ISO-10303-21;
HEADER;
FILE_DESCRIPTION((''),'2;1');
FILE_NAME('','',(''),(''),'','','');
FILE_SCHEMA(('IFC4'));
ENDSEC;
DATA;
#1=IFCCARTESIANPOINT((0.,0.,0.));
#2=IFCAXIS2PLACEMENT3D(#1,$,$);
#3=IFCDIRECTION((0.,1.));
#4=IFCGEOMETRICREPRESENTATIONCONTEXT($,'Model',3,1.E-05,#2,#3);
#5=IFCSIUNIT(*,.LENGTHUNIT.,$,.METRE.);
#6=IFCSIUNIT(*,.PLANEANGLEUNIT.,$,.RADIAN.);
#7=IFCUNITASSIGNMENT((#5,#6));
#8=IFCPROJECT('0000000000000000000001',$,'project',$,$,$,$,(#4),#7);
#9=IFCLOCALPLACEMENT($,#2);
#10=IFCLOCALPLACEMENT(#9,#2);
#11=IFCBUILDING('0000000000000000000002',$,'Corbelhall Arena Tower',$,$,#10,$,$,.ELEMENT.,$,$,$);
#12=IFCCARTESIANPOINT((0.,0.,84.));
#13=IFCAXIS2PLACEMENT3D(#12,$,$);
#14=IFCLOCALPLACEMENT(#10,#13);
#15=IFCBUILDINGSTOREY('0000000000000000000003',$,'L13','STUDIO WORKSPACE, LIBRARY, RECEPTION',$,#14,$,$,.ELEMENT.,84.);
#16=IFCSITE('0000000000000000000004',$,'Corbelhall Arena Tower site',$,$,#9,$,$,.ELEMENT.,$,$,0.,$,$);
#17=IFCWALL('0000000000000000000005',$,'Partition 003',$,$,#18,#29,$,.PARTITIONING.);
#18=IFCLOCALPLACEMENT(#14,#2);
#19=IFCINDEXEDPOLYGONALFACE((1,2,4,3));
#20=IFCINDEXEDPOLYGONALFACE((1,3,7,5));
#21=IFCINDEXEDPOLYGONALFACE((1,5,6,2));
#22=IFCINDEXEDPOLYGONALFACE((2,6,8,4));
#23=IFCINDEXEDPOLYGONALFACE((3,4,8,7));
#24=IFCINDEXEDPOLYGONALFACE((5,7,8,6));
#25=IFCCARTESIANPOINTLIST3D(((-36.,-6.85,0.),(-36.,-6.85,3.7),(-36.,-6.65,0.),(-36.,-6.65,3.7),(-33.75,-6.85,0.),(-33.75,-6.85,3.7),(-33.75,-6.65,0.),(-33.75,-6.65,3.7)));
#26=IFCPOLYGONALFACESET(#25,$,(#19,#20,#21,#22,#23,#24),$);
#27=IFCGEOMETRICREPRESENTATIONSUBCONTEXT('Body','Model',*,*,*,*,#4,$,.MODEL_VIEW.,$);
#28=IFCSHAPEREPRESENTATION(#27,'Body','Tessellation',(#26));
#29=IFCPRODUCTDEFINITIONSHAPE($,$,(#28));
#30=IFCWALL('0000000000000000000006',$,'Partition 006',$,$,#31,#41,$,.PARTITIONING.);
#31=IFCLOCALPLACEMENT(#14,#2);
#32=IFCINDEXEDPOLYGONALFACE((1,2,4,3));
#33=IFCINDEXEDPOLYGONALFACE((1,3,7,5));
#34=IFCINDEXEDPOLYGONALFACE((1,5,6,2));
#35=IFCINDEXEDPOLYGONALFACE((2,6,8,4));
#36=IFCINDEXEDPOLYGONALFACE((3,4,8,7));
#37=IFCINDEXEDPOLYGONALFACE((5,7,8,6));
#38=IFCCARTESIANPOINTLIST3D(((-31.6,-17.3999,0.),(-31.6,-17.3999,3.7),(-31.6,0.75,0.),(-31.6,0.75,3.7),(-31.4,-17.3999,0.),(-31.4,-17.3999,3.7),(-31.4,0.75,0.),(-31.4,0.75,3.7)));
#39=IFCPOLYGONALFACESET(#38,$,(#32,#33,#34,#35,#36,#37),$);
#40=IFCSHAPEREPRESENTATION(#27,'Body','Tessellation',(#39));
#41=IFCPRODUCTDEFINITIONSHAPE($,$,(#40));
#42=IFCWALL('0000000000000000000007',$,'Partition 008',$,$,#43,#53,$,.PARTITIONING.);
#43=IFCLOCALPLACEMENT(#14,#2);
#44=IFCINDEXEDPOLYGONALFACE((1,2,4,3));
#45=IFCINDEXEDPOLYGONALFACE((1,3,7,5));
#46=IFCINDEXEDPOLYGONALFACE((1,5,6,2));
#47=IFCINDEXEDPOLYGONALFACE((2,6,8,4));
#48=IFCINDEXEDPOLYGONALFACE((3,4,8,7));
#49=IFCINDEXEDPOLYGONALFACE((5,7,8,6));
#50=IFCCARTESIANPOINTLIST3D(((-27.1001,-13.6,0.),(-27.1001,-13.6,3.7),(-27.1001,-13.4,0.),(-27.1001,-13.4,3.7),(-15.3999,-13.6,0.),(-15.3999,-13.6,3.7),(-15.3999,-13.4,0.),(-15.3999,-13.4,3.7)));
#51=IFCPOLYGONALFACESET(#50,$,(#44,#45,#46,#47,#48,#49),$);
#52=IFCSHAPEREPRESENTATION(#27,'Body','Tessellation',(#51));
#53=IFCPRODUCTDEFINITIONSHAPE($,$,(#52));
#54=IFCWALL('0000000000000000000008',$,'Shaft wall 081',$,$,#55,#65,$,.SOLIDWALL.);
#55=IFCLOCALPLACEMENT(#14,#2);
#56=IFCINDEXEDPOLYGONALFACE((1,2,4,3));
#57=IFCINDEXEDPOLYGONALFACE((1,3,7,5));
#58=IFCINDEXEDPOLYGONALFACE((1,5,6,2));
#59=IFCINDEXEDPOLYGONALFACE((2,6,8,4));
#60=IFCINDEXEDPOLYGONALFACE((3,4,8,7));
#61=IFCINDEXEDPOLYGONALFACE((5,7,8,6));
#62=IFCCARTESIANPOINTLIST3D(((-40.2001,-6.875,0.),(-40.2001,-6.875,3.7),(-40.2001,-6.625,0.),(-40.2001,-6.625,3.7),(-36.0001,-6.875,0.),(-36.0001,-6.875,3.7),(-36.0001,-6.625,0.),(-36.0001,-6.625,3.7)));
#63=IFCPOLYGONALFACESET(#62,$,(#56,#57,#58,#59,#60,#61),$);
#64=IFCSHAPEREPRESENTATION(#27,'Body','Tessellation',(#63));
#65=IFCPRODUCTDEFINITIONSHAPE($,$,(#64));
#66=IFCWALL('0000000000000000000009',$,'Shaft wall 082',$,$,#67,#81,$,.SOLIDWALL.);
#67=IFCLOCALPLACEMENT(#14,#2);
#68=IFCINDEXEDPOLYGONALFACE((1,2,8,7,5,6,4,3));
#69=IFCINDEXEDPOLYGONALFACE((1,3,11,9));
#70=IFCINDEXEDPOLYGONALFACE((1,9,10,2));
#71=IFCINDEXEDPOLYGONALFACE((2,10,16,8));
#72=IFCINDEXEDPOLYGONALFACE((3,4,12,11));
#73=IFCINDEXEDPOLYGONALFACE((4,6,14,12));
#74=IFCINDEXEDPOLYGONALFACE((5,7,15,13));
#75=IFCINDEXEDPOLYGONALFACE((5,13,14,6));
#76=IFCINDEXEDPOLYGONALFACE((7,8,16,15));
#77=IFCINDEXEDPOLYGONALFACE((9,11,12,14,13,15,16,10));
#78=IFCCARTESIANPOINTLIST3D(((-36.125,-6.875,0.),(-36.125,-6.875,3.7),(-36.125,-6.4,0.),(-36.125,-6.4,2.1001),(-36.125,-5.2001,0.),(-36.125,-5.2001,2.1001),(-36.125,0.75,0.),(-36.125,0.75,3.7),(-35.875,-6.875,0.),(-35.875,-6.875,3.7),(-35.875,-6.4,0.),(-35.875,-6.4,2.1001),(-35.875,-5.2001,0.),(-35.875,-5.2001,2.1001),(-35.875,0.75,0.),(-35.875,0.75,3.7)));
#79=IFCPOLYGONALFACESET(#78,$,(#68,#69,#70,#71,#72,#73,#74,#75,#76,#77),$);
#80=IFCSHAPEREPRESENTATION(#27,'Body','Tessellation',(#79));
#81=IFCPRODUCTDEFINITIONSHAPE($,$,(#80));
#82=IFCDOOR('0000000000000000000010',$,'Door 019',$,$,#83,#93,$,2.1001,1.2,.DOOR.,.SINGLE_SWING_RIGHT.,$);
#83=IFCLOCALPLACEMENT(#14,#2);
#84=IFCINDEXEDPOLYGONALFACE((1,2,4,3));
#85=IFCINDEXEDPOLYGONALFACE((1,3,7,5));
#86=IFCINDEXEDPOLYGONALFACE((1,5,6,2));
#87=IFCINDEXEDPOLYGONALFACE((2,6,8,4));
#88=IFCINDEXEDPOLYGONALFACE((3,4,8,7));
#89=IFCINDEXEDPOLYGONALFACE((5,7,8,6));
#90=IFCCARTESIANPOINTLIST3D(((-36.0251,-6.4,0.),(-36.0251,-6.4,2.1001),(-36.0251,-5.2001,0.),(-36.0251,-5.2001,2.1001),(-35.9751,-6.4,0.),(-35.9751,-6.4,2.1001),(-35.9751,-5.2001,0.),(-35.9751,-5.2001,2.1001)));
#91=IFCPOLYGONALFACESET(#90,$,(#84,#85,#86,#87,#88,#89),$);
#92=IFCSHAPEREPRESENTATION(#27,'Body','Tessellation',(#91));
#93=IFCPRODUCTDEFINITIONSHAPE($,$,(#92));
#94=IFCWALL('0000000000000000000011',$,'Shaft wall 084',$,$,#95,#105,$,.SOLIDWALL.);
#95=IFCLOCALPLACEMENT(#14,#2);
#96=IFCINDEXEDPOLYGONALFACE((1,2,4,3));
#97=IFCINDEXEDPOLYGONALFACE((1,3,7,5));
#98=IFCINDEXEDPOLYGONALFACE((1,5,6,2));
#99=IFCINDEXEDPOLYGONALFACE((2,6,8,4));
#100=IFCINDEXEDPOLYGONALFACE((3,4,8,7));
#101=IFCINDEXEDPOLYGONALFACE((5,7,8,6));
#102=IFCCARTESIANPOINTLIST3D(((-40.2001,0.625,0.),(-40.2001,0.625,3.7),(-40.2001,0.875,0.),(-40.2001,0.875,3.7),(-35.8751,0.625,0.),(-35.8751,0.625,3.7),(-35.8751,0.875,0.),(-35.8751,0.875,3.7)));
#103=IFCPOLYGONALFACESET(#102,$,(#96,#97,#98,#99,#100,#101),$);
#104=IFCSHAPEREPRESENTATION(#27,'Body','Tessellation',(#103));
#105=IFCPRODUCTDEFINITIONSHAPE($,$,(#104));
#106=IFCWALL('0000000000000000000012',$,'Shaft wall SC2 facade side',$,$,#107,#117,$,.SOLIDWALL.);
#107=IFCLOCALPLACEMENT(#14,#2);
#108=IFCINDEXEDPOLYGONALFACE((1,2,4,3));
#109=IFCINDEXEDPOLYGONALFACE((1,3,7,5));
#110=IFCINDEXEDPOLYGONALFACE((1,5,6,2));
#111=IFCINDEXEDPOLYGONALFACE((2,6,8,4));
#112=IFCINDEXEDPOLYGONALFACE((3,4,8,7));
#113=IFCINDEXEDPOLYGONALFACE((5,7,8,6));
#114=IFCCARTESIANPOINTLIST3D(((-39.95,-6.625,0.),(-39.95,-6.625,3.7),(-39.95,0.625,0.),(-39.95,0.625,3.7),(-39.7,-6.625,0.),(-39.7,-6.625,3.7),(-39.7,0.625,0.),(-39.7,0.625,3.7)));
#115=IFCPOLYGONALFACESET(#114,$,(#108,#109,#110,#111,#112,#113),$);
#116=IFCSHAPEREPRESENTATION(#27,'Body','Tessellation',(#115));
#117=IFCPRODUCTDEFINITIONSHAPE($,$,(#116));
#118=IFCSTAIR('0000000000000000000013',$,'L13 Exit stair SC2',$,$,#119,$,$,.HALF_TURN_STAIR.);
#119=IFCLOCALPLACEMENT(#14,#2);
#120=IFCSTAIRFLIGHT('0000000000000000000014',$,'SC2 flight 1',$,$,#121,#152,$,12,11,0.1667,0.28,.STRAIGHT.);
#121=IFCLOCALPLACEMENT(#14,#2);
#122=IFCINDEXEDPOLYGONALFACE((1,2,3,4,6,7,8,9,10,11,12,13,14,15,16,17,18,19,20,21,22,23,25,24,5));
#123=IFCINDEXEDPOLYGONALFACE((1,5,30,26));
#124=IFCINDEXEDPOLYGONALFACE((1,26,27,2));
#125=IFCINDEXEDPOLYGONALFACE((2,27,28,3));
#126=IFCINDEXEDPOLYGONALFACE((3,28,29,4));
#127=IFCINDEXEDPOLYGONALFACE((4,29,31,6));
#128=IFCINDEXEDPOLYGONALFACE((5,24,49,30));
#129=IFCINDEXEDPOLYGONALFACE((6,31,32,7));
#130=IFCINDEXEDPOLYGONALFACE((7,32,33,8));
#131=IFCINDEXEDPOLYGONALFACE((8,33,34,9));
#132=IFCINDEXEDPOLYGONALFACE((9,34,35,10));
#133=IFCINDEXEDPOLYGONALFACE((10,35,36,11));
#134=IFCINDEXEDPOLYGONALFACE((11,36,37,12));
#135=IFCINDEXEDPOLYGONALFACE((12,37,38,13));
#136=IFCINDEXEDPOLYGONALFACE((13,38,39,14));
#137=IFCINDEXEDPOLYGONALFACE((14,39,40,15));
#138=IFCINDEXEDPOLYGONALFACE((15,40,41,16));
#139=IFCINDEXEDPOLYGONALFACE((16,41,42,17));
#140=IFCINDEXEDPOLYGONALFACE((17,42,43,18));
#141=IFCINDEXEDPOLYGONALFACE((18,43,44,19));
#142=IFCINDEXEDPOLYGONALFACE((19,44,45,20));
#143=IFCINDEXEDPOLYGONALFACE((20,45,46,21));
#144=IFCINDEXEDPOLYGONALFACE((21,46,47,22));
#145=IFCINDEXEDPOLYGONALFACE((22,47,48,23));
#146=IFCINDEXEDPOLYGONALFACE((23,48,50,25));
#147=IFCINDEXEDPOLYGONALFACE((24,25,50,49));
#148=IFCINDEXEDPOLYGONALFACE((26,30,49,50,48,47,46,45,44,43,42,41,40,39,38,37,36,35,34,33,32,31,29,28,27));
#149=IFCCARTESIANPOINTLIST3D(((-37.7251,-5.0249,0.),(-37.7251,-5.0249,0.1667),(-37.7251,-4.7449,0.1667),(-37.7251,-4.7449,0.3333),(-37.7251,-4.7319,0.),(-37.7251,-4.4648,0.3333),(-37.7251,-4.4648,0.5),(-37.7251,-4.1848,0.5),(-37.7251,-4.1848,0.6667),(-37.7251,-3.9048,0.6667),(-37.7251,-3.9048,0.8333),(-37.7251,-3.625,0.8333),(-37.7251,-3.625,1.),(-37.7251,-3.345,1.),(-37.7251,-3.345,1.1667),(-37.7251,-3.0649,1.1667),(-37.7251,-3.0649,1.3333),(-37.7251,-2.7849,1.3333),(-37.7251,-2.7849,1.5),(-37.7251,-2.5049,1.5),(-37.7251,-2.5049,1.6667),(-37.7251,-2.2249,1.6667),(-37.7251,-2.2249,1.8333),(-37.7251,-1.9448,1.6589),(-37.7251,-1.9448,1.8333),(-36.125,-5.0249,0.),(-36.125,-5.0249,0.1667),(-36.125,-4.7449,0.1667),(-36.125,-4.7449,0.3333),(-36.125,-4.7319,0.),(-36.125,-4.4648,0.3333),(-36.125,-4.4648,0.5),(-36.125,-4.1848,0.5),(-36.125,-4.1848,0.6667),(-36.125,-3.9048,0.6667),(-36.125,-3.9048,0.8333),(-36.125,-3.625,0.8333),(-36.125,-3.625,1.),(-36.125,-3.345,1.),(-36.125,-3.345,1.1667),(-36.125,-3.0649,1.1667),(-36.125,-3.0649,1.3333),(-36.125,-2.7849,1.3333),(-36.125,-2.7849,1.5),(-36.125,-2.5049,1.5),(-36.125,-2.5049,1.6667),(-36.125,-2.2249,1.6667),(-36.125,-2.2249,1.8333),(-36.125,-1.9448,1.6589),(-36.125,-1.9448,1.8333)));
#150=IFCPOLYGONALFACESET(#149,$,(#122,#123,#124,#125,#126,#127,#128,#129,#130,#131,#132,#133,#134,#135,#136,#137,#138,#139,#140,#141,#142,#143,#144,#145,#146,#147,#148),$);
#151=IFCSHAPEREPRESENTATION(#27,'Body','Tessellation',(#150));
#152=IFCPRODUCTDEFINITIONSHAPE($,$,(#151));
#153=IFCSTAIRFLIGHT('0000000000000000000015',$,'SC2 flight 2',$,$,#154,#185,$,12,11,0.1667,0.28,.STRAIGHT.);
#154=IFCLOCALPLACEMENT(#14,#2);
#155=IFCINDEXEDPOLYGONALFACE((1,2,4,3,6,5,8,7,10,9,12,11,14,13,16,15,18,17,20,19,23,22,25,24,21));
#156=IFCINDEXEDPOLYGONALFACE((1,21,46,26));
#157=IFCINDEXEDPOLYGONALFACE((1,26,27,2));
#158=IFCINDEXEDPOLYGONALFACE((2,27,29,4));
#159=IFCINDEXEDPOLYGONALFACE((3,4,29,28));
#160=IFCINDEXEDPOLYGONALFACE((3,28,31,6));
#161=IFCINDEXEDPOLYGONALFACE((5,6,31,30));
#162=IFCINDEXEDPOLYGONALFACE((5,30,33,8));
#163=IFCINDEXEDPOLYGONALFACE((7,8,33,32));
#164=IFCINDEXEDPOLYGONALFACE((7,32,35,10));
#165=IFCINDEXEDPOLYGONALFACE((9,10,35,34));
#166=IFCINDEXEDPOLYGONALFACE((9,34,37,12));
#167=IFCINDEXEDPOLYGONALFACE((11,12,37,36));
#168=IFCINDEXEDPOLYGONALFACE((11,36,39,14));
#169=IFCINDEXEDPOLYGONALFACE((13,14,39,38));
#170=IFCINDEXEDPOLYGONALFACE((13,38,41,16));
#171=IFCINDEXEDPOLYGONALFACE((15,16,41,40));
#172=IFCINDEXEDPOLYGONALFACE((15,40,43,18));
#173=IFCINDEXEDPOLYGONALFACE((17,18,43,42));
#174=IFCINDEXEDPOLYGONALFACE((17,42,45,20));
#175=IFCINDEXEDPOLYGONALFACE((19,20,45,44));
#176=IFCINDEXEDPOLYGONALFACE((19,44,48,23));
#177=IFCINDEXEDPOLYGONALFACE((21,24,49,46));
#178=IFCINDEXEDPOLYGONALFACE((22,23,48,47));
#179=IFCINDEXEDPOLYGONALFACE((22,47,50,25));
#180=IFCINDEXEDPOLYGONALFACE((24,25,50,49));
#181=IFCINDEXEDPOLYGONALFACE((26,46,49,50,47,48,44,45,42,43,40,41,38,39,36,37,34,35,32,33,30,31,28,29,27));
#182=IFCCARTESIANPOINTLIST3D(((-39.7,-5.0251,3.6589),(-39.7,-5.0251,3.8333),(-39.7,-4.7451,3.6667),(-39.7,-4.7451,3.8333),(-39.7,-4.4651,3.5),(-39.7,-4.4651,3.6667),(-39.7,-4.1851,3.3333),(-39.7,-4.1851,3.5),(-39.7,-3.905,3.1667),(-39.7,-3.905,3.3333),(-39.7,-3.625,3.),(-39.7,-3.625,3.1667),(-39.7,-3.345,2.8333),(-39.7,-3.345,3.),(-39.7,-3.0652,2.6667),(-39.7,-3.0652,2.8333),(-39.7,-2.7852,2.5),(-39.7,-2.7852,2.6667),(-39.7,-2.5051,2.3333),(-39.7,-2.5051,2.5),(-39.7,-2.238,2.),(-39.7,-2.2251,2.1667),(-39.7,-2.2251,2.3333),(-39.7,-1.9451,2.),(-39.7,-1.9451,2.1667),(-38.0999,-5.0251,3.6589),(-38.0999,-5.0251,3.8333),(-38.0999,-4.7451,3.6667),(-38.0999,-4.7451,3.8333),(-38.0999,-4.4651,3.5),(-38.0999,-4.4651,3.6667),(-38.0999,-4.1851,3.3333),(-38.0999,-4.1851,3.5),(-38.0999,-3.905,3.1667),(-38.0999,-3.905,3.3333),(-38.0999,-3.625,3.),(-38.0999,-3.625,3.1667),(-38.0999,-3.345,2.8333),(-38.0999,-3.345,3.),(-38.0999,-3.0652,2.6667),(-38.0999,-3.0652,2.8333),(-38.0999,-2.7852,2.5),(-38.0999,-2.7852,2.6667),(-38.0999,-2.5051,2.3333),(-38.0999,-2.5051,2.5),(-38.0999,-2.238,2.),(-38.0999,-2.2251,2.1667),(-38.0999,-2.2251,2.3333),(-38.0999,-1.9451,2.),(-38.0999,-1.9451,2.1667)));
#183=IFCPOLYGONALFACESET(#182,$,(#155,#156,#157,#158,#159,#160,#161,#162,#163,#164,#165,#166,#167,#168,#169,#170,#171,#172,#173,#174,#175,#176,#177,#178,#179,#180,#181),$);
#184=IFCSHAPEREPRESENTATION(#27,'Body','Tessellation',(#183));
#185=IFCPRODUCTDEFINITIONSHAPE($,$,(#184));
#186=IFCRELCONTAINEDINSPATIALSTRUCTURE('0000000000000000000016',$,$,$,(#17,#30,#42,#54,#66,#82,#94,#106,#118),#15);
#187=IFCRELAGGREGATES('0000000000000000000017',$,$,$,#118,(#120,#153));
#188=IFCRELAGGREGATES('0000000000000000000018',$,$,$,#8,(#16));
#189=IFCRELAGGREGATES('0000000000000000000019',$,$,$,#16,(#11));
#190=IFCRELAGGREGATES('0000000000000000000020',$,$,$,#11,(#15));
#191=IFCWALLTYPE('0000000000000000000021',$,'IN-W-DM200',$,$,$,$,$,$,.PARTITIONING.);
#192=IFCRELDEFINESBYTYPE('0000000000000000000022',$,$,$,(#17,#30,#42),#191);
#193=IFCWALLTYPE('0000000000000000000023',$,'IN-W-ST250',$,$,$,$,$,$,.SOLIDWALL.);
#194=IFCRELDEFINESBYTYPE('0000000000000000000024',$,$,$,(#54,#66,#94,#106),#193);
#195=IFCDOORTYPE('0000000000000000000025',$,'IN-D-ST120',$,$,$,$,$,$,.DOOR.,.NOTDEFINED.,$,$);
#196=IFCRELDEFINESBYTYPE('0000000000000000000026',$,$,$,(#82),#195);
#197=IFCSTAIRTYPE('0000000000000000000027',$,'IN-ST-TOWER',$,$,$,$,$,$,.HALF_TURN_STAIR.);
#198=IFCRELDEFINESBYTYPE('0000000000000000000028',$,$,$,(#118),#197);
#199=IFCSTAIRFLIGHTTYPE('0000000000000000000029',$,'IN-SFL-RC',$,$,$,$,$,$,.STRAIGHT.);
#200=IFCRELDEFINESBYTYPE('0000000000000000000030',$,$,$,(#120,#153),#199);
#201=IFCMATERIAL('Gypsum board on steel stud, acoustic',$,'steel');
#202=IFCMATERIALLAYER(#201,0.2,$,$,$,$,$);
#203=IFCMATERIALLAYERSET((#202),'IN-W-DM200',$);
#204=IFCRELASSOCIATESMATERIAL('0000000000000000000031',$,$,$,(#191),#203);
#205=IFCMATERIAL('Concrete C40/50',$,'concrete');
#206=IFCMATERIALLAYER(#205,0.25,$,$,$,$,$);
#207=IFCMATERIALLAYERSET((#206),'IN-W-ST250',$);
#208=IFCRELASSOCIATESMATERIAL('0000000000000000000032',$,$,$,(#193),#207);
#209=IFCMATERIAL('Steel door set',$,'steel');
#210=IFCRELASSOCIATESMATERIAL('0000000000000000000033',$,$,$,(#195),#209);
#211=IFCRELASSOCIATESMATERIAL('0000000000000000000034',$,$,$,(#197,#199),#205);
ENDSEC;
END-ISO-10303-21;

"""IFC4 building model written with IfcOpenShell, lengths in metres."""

from ifc_helpers import new_model, si_unit, direction, frame, frame_2d, origin, place, context, subcontext, project, spatial, polyline, rectangle, outline, extrude, material, layer, layer_set, type_object, element, fill, aggregate, save


model = new_model("IFC4")

# Units and contexts
model_context = context("Model", 3, precision=1e-05, world=origin(), true_north=direction((0.0, 1.0)))
body_context = subcontext(model_context, "Body", "Model", "MODEL_VIEW")
ifc_project = project(units=[si_unit("LENGTHUNIT", "METRE"), si_unit("PLANEANGLEUNIT", "RADIAN")], contexts=[model_context])

# Site, building, storey
site_placement = place(None, origin())
site = spatial("IfcSite", under=ifc_project, at=site_placement, Name="Corbelhall Arena Tower site", CompositionType="ELEMENT", RefElevation=0.0)
building_placement = place(site_placement, origin())
building = spatial("IfcBuilding", under=site, at=building_placement, Name="Corbelhall Arena Tower", CompositionType="ELEMENT")
storey_placement = place(building_placement, frame((0.0, 0.0, 84.0)))
storey = spatial("IfcBuildingStorey", under=building, at=storey_placement, Name="L13", Description="STUDIO WORKSPACE, LIBRARY, RECEPTION", CompositionType="ELEMENT", Elevation=84.0)

# Wall
ifc_material_1 = material(Name="Gypsum board on steel stud, acoustic", Category="steel")
ifc_layer_1 = layer(ifc_material_1, 0.2)
ifc_layer_set_1 = layer_set([ifc_layer_1], Name="IN-W-DM200")
wall_type_1 = type_object("IfcWallType", Name="IN-W-DM200", PredefinedType="PARTITIONING", material=ifc_layer_set_1)
wall_1_placement = place(storey_placement, frame((-33.75, -6.75, 0.0), z_axis=(0.0, 0.0, 1.0), x_axis=(-1.0, 0.0, 0.0)))
element("IfcWall", 1, at=wall_1_placement, inside=storey, type_object=wall_type_1, Name="Partition 003", PredefinedType="PARTITIONING", context=body_context, shape_type="SweptSolid", body=[
    extrude(rectangle(XDim=2.25, YDim=0.2, at=frame_2d((1.125, 0.0))), origin(), (0.0, 0.0, 1.0), 3.7),
])

# Shared definitions
ifc_material_2 = material(Name="Steel door set", Category="steel")

# Walls
wall_2_placement = place(storey_placement, frame((-31.5, 0.75, 0.0), z_axis=(0.0, 0.0, 1.0), x_axis=(0.0, -1.0, 0.0)))
element("IfcWall", 2, at=wall_2_placement, inside=storey, type_object=wall_type_1, Name="Partition 006", PredefinedType="PARTITIONING", context=body_context, shape_type="SweptSolid", body=[
    extrude(rectangle(XDim=18.1499, YDim=0.2, at=frame_2d((9.075, 0.0))), origin(), (0.0, 0.0, 1.0), 3.7),
])
wall_3_placement = place(storey_placement, frame((-27.1001, -13.5, 0.0), z_axis=(0.0, 0.0, 1.0), x_axis=(1.0, 0.0, 0.0)))
element("IfcWall", 3, at=wall_3_placement, inside=storey, type_object=wall_type_1, Name="Partition 008", PredefinedType="PARTITIONING", context=body_context, shape_type="SweptSolid", body=[
    extrude(rectangle(XDim=11.7002, YDim=0.2, at=frame_2d((5.8501, 0.0))), origin(), (0.0, 0.0, 1.0), 3.7),
])
ifc_material_3 = material(Name="Concrete C40/50", Category="concrete")
ifc_layer_2 = layer(ifc_material_3, 0.25)
ifc_layer_set_2 = layer_set([ifc_layer_2], Name="IN-W-ST250")
wall_type_2 = type_object("IfcWallType", Name="IN-W-ST250", PredefinedType="SOLIDWALL", material=ifc_layer_set_2)
wall_4_placement = place(storey_placement, frame((-36.0, -6.75, 0.0), z_axis=(0.0, 0.0, 1.0), x_axis=(-1.0, 0.0, 0.0)))
element("IfcWall", 4, at=wall_4_placement, inside=storey, type_object=wall_type_2, Name="Shaft wall 081", PredefinedType="SOLIDWALL", context=body_context, shape_type="SweptSolid", body=[
    extrude(rectangle(XDim=4.2, YDim=0.25, at=frame_2d((2.1001, 0.0))), origin(), (0.0, 0.0, 1.0), 3.7),
])

# Wall, opening, door
wall_5_placement = place(storey_placement, frame((-36.0, 0.75, 0.0), z_axis=(0.0, 0.0, 1.0), x_axis=(0.0, -1.0, 0.0)))
wall_5 = element("IfcWall", 5, at=wall_5_placement, inside=storey, type_object=wall_type_2, Name="Shaft wall 082", PredefinedType="SOLIDWALL", context=body_context, shape_type="SweptSolid", body=[
    extrude(rectangle(XDim=7.625, YDim=0.25, at=frame_2d((3.8125, 0.0))), origin(), (0.0, 0.0, 1.0), 3.7),
])
opening_1_placement = place(wall_5_placement, frame((5.95, 0.0, 0.0)))
opening_1 = element("IfcOpeningElement", 6, at=opening_1_placement, cuts=wall_5, PredefinedType="OPENING", context=body_context, shape_type="SweptSolid", body=[
    extrude(rectangle(XDim=1.2, YDim=2.1001, at=frame_2d((0.6001, 1.05))), frame((0.0, 0.125, 0.0), z_axis=(0.0, -1.0, 0.0), x_axis=(1.0, 0.0, 0.0)), (0.0, 0.0, 1.0), 0.25),
])
door_type_1 = type_object("IfcDoorType", Name="IN-D-ST120", OperationType="NOTDEFINED", PredefinedType="DOOR", material=ifc_material_2)
door_1_placement = place(opening_1_placement, origin())
door_1 = element("IfcDoor", 7, at=door_1_placement, inside=storey, type_object=door_type_1, Name="Door 019", OperationType="SINGLE_SWING_RIGHT", OverallHeight=2.1001, OverallWidth=1.2, PredefinedType="DOOR", context=body_context, shape_type="SweptSolid", body=[
    extrude(rectangle(XDim=1.2, YDim=2.1001, at=frame_2d((0.6001, 1.05))), frame((0.0, 0.0249, 0.0), z_axis=(0.0, -1.0, 0.0), x_axis=(1.0, 0.0, 0.0)), (0.0, 0.0, 1.0), 0.05),
])
fill(opening_1, door_1)

# Walls
wall_6_placement = place(storey_placement, frame((-35.875, 0.75, 0.0), z_axis=(0.0, 0.0, 1.0), x_axis=(-1.0, 0.0, 0.0)))
element("IfcWall", 8, at=wall_6_placement, inside=storey, type_object=wall_type_2, Name="Shaft wall 084", PredefinedType="SOLIDWALL", context=body_context, shape_type="SweptSolid", body=[
    extrude(rectangle(XDim=4.325, YDim=0.25, at=frame_2d((2.1626, 0.0))), origin(), (0.0, 0.0, 1.0), 3.7),
])
wall_7_placement = place(storey_placement, frame((-39.825, -6.625, 0.0), z_axis=(0.0, 0.0, 1.0), x_axis=(0.0, 1.0, 0.0)))
element("IfcWall", 9, at=wall_7_placement, inside=storey, type_object=wall_type_2, Name="Shaft wall SC2 facade side", PredefinedType="SOLIDWALL", context=body_context, shape_type="SweptSolid", body=[
    extrude(rectangle(XDim=7.25, YDim=0.25, at=frame_2d((3.625, 0.0))), origin(), (0.0, 0.0, 1.0), 3.7),
])

# Stair, stair flights
stair_type = type_object("IfcStairType", Name="IN-ST-TOWER", PredefinedType="HALF_TURN_STAIR", material=ifc_material_3)
stair_placement = place(storey_placement, origin())
stair = element("IfcStair", 10, at=stair_placement, inside=storey, type_object=stair_type, Name="L13 Exit stair SC2", PredefinedType="HALF_TURN_STAIR")
stair_flight_type = type_object("IfcStairFlightType", Name="IN-SFL-RC", PredefinedType="STRAIGHT", material=ifc_material_3)
stair_flight_1_placement = place(storey_placement, frame((-36.925, -5.0249, 0.0), z_axis=(0.0, 0.0, 1.0), x_axis=(0.0, 1.0, 0.0)))
stair_flight_1 = element("IfcStairFlight", 11, at=stair_flight_1_placement, type_object=stair_flight_type, Name="SC2 flight 1", NumberOfRisers=12, NumberOfTreads=11, PredefinedType="STRAIGHT", RiserHeight=0.1667, TreadLength=0.28, context=body_context, shape_type="SweptSolid", body=[
    extrude(outline(polyline([(0.0, 0.0), (0.0, 0.1667), (0.28, 0.1667), (0.28, 0.3333), (0.5601, 0.3333), (0.5601, 0.5), (0.8401, 0.5), (0.8401, 0.6667), (1.1201, 0.6667), (1.1201, 0.8333), (1.3999, 0.8333), (1.3999, 1.0), (1.6799, 1.0), (1.6799, 1.1667), (1.96, 1.1667), (1.96, 1.3333), (2.24, 1.3333), (2.24, 1.5), (2.52, 1.5), (2.52, 1.6667), (2.8, 1.6667), (2.8, 1.8333), (3.0801, 1.8333), (3.0801, 2.0), (3.0801, 1.6589), (0.293, 0.0), (0.0, 0.0)])), frame((0.0, 0.8, 0.0), z_axis=(0.0, -1.0, 0.0), x_axis=(1.0, 0.0, 0.0)), (0.0, 0.0, 1.0), 1.6001),
])
stair_flight_2_placement = place(storey_placement, frame((-38.8999, -1.9451, 2.0), z_axis=(0.0, 0.0, 1.0), x_axis=(0.0, -1.0, 0.0)))
stair_flight_2 = element("IfcStairFlight", 12, at=stair_flight_2_placement, type_object=stair_flight_type, Name="SC2 flight 2", NumberOfRisers=12, NumberOfTreads=11, PredefinedType="STRAIGHT", RiserHeight=0.1667, TreadLength=0.28, context=body_context, shape_type="SweptSolid", body=[
    extrude(outline(polyline([(0.0, 0.0), (0.0, 0.1667), (0.28, 0.1667), (0.28, 0.3333), (0.5601, 0.3333), (0.5601, 0.5), (0.8401, 0.5), (0.8401, 0.6667), (1.1201, 0.6667), (1.1201, 0.8333), (1.3999, 0.8333), (1.3999, 1.0), (1.6799, 1.0), (1.6799, 1.1667), (1.96, 1.1667), (1.96, 1.3333), (2.24, 1.3333), (2.24, 1.5), (2.52, 1.5), (2.52, 1.6667), (2.8, 1.6667), (2.8, 1.8333), (3.0801, 1.8333), (3.0801, 2.0), (3.0801, 1.6589), (0.293, 0.0), (0.0, 0.0)])), frame((0.0, 0.8, 0.0), z_axis=(0.0, -1.0, 0.0), x_axis=(1.0, 0.0, 0.0)), (0.0, 0.0, 1.0), 1.6001),
])
aggregate(stair, [stair_flight_1, stair_flight_2])

save(model, "model.ifc")
